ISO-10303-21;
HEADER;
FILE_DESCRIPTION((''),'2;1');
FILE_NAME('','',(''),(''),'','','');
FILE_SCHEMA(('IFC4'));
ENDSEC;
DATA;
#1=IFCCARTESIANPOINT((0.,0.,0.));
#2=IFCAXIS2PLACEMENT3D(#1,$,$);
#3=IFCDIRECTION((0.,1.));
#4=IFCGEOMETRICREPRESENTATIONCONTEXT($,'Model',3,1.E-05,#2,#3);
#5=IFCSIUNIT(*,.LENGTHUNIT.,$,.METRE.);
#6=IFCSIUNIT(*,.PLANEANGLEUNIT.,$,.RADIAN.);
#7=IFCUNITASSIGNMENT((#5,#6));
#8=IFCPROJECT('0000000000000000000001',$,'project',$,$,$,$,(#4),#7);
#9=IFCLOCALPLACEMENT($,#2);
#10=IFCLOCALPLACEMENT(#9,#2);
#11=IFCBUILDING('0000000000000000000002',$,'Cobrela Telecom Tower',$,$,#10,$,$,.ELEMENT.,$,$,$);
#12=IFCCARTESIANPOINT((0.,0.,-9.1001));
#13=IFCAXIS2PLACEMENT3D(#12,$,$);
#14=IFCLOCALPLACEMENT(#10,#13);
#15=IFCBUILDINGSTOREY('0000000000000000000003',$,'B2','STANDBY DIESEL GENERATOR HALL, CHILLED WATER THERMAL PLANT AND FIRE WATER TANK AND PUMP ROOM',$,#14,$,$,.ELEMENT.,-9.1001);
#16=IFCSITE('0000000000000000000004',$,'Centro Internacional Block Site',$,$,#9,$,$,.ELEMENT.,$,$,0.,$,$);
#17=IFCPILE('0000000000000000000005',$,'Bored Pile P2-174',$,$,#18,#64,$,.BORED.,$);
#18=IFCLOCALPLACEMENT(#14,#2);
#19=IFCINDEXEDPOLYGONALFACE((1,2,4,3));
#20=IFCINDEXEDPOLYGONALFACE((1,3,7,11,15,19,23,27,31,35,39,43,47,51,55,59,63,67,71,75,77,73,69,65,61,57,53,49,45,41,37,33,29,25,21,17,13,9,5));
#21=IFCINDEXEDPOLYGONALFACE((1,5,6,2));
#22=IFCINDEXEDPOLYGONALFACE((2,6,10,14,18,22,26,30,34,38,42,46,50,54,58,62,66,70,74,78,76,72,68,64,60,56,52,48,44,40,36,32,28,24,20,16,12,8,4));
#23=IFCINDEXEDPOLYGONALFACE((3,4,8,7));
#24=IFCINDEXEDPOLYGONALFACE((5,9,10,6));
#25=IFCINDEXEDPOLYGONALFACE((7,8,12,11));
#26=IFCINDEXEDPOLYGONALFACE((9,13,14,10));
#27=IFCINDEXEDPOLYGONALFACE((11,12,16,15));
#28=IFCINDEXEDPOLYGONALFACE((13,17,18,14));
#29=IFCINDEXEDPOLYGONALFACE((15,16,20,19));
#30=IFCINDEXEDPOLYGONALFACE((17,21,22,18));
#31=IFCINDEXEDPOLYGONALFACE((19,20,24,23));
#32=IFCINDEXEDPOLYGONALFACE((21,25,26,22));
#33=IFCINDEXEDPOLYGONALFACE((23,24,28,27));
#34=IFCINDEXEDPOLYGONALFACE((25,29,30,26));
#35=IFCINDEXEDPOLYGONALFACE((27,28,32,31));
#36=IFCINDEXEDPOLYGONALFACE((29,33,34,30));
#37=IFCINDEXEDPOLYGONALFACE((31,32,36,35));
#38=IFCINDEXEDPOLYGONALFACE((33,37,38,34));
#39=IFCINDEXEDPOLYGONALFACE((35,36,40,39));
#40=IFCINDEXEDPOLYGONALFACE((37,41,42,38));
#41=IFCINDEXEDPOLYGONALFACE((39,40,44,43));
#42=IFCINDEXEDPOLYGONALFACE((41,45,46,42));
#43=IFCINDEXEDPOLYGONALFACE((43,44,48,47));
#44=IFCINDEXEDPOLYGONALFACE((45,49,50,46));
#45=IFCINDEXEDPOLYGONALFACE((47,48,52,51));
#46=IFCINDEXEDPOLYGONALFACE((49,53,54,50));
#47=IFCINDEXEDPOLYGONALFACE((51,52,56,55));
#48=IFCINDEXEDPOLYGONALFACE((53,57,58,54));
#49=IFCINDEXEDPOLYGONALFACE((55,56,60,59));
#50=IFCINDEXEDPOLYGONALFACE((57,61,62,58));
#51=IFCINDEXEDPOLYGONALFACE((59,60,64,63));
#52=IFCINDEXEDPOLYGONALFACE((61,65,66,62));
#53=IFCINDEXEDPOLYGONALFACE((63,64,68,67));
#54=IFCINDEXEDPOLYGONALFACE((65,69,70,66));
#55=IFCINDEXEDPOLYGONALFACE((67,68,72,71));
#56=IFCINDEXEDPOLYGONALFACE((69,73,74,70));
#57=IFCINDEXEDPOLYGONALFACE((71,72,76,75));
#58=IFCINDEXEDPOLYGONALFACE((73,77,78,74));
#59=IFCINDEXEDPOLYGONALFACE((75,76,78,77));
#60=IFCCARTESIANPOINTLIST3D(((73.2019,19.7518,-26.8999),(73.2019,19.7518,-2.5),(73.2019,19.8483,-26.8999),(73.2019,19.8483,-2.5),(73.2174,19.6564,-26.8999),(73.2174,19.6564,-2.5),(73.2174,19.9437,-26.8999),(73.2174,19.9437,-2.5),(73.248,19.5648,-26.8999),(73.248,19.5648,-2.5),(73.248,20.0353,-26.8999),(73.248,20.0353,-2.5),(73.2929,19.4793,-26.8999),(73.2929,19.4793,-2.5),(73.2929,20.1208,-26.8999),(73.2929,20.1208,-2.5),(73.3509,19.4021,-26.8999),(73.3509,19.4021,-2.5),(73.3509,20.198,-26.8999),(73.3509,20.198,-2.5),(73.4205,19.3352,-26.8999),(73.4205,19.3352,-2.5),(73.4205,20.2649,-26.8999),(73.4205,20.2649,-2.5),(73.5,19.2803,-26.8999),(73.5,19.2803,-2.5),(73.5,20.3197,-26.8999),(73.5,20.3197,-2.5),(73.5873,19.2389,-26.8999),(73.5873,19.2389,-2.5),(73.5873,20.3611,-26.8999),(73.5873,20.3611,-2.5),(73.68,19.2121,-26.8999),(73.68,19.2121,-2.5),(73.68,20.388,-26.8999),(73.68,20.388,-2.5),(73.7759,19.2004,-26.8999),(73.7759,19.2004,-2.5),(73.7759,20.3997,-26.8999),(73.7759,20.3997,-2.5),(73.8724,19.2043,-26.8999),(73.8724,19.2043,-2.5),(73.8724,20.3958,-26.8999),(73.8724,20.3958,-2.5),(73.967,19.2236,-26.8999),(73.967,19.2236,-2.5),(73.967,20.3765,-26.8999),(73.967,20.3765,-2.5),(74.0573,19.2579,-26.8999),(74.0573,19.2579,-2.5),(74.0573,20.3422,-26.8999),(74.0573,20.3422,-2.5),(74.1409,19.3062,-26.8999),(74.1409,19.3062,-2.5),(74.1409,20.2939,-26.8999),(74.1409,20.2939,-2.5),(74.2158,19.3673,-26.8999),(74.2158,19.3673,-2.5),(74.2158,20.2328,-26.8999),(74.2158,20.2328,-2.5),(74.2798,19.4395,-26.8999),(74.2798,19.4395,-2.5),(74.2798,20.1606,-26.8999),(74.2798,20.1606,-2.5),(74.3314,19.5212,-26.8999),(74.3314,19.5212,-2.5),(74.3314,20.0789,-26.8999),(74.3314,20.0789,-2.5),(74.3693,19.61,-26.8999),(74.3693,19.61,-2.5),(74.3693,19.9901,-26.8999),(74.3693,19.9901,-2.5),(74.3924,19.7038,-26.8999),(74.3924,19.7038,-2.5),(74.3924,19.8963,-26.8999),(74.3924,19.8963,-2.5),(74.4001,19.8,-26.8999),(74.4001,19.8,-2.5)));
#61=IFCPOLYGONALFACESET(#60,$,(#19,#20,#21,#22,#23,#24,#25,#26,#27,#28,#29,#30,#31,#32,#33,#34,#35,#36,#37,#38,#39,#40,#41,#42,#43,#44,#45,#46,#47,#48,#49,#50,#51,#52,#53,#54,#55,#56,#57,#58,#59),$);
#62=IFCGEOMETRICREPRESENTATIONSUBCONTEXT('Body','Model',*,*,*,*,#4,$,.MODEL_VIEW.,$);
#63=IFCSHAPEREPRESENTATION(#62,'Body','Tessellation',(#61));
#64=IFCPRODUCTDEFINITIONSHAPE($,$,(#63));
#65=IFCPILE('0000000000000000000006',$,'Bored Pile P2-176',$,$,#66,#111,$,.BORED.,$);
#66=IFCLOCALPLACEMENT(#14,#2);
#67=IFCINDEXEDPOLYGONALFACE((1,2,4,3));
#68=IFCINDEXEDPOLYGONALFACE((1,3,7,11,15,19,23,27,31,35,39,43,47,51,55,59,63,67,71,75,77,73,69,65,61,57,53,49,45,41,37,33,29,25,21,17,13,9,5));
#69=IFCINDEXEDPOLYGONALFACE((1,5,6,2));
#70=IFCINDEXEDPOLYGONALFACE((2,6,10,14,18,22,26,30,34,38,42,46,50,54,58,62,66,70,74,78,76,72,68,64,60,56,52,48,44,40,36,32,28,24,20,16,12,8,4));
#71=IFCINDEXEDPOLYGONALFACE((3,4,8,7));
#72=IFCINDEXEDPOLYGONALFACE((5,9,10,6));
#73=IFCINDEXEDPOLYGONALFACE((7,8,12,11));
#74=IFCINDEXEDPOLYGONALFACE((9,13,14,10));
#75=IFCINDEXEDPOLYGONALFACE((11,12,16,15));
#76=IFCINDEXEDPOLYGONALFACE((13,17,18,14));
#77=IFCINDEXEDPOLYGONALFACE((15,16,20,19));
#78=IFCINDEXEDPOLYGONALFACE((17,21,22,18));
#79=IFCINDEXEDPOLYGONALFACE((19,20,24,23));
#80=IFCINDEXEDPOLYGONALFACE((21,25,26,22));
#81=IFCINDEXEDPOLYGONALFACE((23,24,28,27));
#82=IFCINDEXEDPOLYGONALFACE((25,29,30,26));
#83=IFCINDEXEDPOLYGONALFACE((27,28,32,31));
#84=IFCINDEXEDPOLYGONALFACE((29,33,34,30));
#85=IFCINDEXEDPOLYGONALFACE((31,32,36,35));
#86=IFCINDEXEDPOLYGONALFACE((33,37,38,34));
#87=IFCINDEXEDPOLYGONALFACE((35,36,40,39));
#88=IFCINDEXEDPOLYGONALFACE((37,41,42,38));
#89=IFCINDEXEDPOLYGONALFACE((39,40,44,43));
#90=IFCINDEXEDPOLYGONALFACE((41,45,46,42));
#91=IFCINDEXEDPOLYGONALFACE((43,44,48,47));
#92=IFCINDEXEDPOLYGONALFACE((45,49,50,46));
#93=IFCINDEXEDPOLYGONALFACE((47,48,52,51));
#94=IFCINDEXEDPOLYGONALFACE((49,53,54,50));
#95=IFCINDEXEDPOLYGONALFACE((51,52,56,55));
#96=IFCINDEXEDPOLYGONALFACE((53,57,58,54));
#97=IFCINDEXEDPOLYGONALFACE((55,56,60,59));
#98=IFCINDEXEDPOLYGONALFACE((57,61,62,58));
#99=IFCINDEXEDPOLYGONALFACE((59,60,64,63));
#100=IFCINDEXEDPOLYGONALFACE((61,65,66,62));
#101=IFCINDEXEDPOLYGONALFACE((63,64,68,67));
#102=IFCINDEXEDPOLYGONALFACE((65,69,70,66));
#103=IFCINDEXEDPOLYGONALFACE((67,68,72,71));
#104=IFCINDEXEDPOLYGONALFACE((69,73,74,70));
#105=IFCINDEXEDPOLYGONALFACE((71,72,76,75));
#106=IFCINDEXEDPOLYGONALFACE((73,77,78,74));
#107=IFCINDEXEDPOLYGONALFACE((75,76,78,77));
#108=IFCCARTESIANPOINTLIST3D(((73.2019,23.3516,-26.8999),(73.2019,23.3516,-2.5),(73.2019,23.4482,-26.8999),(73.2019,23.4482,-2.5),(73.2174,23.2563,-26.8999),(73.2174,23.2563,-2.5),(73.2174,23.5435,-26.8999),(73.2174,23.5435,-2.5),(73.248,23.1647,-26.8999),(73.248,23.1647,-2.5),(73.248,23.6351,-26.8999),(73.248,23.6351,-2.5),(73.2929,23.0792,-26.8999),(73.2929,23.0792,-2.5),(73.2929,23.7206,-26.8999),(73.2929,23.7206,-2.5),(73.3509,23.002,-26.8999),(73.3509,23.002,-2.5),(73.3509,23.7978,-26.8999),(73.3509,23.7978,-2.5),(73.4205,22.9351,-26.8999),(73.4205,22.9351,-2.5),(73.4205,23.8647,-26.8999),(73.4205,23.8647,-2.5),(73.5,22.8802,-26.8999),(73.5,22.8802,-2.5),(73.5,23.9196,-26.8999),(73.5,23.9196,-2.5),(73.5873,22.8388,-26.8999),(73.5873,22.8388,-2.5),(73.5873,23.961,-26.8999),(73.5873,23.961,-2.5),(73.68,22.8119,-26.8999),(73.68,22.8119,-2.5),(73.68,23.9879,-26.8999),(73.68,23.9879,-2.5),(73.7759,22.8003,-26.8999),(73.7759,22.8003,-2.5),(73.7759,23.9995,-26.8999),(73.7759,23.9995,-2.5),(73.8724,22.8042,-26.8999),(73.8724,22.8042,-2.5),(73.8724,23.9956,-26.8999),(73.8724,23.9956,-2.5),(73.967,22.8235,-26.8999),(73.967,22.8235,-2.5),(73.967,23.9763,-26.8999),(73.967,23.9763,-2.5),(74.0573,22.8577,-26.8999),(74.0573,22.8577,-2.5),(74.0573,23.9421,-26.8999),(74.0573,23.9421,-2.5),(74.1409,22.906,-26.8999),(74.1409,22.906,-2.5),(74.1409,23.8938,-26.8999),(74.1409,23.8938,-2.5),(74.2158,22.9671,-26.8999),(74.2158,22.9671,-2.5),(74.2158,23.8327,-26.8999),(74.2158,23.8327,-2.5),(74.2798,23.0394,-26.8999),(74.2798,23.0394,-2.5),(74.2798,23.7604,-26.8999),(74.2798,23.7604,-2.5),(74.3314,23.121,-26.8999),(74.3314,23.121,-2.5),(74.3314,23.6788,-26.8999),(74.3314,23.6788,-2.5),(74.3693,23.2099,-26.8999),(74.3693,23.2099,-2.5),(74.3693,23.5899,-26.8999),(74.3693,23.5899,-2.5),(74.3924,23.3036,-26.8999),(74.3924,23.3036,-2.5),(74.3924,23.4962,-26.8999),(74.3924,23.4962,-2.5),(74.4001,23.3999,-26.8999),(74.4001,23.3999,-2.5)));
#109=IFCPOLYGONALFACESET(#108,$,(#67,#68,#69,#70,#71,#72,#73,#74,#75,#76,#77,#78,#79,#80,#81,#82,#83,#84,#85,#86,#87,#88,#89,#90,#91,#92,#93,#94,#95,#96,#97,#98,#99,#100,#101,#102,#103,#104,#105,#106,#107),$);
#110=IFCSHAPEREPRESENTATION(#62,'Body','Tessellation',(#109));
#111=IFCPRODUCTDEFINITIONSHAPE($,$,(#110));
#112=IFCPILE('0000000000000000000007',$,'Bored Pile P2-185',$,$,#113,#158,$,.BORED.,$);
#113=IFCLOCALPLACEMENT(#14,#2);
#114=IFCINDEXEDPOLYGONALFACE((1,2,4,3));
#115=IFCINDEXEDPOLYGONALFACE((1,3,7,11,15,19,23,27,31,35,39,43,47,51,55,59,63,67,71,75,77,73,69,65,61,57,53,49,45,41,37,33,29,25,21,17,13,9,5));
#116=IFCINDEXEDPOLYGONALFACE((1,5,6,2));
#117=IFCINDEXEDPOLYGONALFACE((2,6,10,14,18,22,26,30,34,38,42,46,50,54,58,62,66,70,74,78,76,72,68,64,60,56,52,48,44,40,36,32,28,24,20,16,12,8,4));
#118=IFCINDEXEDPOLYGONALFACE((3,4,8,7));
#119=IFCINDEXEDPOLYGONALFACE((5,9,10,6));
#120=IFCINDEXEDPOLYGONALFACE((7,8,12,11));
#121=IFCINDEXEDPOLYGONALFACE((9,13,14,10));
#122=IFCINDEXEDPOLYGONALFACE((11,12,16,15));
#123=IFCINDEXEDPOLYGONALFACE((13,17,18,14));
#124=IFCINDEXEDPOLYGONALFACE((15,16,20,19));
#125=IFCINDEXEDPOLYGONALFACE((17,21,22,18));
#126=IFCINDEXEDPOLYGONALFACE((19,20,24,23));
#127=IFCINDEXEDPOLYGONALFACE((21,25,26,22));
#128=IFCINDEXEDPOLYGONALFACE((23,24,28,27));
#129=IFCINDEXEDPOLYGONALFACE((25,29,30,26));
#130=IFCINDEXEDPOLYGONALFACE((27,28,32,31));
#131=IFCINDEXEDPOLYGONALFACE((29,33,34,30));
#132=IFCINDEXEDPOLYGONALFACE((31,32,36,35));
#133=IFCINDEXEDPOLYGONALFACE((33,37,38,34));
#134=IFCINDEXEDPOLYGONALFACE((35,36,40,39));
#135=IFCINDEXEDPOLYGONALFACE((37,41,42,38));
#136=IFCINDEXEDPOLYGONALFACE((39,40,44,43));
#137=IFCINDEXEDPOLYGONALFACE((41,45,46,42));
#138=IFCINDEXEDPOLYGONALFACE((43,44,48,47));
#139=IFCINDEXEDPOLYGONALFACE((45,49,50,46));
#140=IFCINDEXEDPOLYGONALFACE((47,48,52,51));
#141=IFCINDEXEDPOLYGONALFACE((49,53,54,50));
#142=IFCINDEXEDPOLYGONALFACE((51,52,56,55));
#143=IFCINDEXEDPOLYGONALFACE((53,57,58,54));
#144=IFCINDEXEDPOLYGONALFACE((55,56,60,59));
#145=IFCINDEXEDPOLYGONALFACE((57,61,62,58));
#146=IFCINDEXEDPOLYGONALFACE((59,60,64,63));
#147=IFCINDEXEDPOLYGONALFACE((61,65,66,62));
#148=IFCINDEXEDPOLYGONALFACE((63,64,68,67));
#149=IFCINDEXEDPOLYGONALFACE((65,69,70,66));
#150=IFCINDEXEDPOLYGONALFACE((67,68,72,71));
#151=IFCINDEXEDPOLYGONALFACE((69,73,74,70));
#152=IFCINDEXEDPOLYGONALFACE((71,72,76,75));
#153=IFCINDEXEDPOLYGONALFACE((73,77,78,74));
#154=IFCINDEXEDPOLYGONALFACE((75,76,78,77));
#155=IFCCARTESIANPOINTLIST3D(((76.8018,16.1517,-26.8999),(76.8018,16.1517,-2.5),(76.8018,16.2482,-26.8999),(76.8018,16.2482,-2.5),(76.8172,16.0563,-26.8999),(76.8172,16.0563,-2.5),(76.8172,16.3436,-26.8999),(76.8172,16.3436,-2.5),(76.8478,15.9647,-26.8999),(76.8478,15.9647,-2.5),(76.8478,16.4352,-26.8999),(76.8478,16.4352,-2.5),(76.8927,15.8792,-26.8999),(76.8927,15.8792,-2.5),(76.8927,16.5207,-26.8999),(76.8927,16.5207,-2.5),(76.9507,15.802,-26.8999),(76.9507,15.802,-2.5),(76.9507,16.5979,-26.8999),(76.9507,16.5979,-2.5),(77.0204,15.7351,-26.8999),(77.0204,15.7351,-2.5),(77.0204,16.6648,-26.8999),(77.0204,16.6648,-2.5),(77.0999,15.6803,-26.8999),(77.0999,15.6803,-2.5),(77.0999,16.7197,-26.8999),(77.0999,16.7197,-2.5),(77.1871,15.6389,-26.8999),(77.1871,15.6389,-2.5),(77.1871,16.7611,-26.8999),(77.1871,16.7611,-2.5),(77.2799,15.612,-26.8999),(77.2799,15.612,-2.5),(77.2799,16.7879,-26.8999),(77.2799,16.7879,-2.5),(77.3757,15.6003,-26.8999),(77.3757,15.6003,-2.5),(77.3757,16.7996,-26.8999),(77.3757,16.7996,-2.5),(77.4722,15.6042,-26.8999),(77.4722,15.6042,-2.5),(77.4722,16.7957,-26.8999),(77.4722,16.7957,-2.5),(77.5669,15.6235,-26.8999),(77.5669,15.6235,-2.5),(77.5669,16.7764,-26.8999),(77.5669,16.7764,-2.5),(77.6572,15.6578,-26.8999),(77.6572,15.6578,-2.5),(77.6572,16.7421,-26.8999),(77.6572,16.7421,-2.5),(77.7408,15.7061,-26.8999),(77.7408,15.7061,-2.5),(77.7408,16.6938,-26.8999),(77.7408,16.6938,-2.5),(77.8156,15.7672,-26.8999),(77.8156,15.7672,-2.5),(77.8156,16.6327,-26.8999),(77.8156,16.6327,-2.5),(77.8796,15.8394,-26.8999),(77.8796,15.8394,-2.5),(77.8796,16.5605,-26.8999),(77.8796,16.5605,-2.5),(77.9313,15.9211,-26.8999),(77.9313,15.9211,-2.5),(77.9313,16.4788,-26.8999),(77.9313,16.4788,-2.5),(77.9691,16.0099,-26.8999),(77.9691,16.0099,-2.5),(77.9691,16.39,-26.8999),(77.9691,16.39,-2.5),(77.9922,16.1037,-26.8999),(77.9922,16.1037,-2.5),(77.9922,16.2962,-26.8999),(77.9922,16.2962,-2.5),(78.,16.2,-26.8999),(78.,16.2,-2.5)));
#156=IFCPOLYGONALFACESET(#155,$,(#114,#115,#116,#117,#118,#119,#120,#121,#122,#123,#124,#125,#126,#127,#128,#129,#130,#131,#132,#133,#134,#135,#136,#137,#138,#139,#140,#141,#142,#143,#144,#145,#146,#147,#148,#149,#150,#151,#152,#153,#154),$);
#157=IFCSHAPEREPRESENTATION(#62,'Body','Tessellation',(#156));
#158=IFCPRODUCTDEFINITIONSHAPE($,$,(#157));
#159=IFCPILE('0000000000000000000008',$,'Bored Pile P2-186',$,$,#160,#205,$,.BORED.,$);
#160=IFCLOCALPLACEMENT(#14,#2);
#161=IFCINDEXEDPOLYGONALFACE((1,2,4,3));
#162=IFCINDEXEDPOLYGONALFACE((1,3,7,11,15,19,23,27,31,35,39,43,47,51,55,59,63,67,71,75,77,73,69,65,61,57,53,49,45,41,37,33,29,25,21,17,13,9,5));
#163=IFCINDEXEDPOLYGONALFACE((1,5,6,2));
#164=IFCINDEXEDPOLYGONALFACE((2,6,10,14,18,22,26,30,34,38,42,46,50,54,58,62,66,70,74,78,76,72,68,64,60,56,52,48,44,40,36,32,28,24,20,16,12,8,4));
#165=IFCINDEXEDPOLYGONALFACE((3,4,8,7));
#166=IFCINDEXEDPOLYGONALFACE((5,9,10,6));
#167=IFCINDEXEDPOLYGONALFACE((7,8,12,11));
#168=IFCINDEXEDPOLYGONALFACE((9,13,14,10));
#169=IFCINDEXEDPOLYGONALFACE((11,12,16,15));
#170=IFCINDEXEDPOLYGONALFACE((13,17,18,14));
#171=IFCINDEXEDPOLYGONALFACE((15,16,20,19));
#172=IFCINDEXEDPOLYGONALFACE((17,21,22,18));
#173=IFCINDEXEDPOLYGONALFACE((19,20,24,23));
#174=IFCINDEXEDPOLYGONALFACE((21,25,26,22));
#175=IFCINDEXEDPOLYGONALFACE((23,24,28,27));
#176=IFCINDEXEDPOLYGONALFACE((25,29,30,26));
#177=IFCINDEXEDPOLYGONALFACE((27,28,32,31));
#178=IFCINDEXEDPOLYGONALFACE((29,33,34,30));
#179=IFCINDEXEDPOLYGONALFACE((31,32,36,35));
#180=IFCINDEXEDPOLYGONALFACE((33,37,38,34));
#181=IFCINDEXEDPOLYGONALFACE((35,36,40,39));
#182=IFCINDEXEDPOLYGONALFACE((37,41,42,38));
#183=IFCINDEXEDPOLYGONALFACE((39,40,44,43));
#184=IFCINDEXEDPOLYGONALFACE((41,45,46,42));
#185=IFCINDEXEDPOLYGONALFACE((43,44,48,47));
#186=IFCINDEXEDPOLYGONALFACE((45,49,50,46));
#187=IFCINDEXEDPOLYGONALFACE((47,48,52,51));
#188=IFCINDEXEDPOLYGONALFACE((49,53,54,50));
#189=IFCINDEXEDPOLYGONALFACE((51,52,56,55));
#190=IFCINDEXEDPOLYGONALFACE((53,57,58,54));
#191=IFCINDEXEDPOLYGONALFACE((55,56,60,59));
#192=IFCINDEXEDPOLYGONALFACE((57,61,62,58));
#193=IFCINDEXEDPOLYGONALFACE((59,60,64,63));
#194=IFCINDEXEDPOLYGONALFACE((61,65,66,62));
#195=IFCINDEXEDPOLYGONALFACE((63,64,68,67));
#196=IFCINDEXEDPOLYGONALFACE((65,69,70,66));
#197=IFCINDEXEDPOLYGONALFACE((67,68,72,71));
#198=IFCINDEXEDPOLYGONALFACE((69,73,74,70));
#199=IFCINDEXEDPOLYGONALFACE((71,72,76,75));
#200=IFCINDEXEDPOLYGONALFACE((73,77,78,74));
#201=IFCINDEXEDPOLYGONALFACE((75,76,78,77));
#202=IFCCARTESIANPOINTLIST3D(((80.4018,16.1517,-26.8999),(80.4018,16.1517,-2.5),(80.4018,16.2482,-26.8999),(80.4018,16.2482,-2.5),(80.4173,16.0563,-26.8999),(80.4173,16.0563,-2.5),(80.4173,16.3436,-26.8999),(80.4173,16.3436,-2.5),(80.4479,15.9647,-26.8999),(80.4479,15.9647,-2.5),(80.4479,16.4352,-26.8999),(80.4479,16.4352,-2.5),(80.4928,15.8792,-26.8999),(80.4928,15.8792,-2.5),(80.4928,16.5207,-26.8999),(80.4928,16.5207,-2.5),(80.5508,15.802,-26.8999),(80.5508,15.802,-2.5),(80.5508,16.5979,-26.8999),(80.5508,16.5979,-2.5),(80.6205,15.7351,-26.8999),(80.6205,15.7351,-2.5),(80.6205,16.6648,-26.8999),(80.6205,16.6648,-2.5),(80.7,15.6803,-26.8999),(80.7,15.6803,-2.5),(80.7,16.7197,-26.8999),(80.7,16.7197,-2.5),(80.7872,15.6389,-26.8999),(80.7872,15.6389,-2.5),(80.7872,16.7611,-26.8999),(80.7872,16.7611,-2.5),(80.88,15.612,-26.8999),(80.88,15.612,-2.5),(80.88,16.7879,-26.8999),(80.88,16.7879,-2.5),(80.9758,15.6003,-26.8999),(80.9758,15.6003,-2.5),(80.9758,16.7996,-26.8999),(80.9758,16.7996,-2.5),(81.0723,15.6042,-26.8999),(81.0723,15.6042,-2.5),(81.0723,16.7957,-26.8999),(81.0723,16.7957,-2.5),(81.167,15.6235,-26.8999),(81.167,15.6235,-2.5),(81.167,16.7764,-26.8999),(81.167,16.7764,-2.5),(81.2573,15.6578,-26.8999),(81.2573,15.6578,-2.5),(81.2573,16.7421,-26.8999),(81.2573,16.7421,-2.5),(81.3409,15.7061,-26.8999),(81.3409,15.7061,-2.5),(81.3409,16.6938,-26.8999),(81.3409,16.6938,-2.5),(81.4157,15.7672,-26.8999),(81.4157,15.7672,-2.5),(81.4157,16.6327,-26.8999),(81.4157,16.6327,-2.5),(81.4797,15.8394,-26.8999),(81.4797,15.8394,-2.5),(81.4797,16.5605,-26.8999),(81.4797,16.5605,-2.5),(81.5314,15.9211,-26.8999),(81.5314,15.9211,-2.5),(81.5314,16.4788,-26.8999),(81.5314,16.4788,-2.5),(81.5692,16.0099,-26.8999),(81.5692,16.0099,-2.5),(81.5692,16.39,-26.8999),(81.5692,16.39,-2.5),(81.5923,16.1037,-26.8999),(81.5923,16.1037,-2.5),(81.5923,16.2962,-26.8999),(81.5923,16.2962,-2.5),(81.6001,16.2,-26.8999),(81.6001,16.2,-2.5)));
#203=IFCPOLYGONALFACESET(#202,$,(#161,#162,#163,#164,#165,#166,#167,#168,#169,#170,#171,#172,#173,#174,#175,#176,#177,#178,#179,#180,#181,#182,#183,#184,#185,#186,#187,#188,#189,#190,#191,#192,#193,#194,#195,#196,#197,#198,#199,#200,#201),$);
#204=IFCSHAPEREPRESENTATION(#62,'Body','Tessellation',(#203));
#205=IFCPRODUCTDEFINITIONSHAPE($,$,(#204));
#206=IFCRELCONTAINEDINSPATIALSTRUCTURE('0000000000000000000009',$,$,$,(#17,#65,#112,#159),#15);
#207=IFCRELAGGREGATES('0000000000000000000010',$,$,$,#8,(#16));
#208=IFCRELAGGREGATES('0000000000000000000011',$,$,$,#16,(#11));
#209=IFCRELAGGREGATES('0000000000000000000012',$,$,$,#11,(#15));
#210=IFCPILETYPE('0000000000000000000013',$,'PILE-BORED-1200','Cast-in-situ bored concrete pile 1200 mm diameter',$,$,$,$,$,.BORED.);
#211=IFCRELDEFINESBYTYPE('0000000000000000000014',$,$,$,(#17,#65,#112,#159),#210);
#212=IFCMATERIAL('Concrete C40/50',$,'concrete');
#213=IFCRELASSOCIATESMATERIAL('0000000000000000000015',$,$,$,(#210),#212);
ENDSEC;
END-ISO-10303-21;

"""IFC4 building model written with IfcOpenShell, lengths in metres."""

from ifc_helpers import new_model, si_unit, direction, frame, origin, origin_2d, place, context, subcontext, project, spatial, circle, extrude, material, material_profile, profile_set, type_object, element, save


model = new_model("IFC4")

# Units and contexts
model_context = context("Model", 3, precision=1e-05, world=origin(), true_north=direction((0.0, 1.0)))
body_context = subcontext(model_context, "Body", "Model", "MODEL_VIEW")
ifc_project = project(units=[si_unit("LENGTHUNIT", "METRE"), si_unit("PLANEANGLEUNIT", "RADIAN")], contexts=[model_context])

# Site, building, storey
site_placement = place(None, origin())
site = spatial("IfcSite", under=ifc_project, at=site_placement, Name="Centro Internacional Block Site", CompositionType="ELEMENT", RefElevation=0.0)
building_placement = place(site_placement, origin())
building = spatial("IfcBuilding", under=site, at=building_placement, Name="Cobrela Telecom Tower", CompositionType="ELEMENT")
storey_placement = place(building_placement, frame((0.0, 0.0, -9.1001)))
storey = spatial("IfcBuildingStorey", under=building, at=storey_placement, Name="B2", Description="STANDBY DIESEL GENERATOR HALL, CHILLED WATER THERMAL PLANT AND FIRE WATER TANK AND PUMP ROOM", CompositionType="ELEMENT", Elevation=-9.1001)

# Shared definitions
ifc_material_1 = material(Name="Concrete C40/50", Category="concrete")

# Piles
ifc_material_profile_1 = material_profile(ifc_material_1, circle(Radius=0.6001, at=origin_2d()), Name="BORED PILE D1200")
ifc_profile_set_1 = profile_set([ifc_material_profile_1], Name="Concrete C40/50")
pile_type = type_object("IfcPileType", Name="PILE-BORED-1200", Description="Cast-in-situ bored concrete pile 1200 mm diameter", PredefinedType="BORED", material=ifc_profile_set_1)
for number, where, z_axis, x_axis, name in (
    (1, (73.8, 19.8, -2.5), (0.0, 0.0, -1.0), (1.0, 0.0, 0.0), "Bored Pile P2-174"),
    (2, (73.8, 23.3999, -2.5), (0.0, 0.0, -1.0), (1.0, 0.0, 0.0), "Bored Pile P2-176"),
    (3, (77.3999, 16.2, -2.5), (0.0, 0.0, -1.0), (1.0, 0.0, 0.0), "Bored Pile P2-185"),
    (4, (81.0, 16.2, -2.5), (0.0, 0.0, -1.0), (1.0, 0.0, 0.0), "Bored Pile P2-186"),
):
    element("IfcPile", number, at=place(storey_placement, frame(where, z_axis=z_axis, x_axis=x_axis)), inside=storey, type_object=pile_type, Name=name, PredefinedType="BORED", context=body_context, shape_type="SweptSolid", body=[
        extrude(circle(Radius=0.6001, at=origin_2d()), origin(), (0.0, 0.0, 1.0), 24.3999),
    ])

save(model, "model.ifc")
